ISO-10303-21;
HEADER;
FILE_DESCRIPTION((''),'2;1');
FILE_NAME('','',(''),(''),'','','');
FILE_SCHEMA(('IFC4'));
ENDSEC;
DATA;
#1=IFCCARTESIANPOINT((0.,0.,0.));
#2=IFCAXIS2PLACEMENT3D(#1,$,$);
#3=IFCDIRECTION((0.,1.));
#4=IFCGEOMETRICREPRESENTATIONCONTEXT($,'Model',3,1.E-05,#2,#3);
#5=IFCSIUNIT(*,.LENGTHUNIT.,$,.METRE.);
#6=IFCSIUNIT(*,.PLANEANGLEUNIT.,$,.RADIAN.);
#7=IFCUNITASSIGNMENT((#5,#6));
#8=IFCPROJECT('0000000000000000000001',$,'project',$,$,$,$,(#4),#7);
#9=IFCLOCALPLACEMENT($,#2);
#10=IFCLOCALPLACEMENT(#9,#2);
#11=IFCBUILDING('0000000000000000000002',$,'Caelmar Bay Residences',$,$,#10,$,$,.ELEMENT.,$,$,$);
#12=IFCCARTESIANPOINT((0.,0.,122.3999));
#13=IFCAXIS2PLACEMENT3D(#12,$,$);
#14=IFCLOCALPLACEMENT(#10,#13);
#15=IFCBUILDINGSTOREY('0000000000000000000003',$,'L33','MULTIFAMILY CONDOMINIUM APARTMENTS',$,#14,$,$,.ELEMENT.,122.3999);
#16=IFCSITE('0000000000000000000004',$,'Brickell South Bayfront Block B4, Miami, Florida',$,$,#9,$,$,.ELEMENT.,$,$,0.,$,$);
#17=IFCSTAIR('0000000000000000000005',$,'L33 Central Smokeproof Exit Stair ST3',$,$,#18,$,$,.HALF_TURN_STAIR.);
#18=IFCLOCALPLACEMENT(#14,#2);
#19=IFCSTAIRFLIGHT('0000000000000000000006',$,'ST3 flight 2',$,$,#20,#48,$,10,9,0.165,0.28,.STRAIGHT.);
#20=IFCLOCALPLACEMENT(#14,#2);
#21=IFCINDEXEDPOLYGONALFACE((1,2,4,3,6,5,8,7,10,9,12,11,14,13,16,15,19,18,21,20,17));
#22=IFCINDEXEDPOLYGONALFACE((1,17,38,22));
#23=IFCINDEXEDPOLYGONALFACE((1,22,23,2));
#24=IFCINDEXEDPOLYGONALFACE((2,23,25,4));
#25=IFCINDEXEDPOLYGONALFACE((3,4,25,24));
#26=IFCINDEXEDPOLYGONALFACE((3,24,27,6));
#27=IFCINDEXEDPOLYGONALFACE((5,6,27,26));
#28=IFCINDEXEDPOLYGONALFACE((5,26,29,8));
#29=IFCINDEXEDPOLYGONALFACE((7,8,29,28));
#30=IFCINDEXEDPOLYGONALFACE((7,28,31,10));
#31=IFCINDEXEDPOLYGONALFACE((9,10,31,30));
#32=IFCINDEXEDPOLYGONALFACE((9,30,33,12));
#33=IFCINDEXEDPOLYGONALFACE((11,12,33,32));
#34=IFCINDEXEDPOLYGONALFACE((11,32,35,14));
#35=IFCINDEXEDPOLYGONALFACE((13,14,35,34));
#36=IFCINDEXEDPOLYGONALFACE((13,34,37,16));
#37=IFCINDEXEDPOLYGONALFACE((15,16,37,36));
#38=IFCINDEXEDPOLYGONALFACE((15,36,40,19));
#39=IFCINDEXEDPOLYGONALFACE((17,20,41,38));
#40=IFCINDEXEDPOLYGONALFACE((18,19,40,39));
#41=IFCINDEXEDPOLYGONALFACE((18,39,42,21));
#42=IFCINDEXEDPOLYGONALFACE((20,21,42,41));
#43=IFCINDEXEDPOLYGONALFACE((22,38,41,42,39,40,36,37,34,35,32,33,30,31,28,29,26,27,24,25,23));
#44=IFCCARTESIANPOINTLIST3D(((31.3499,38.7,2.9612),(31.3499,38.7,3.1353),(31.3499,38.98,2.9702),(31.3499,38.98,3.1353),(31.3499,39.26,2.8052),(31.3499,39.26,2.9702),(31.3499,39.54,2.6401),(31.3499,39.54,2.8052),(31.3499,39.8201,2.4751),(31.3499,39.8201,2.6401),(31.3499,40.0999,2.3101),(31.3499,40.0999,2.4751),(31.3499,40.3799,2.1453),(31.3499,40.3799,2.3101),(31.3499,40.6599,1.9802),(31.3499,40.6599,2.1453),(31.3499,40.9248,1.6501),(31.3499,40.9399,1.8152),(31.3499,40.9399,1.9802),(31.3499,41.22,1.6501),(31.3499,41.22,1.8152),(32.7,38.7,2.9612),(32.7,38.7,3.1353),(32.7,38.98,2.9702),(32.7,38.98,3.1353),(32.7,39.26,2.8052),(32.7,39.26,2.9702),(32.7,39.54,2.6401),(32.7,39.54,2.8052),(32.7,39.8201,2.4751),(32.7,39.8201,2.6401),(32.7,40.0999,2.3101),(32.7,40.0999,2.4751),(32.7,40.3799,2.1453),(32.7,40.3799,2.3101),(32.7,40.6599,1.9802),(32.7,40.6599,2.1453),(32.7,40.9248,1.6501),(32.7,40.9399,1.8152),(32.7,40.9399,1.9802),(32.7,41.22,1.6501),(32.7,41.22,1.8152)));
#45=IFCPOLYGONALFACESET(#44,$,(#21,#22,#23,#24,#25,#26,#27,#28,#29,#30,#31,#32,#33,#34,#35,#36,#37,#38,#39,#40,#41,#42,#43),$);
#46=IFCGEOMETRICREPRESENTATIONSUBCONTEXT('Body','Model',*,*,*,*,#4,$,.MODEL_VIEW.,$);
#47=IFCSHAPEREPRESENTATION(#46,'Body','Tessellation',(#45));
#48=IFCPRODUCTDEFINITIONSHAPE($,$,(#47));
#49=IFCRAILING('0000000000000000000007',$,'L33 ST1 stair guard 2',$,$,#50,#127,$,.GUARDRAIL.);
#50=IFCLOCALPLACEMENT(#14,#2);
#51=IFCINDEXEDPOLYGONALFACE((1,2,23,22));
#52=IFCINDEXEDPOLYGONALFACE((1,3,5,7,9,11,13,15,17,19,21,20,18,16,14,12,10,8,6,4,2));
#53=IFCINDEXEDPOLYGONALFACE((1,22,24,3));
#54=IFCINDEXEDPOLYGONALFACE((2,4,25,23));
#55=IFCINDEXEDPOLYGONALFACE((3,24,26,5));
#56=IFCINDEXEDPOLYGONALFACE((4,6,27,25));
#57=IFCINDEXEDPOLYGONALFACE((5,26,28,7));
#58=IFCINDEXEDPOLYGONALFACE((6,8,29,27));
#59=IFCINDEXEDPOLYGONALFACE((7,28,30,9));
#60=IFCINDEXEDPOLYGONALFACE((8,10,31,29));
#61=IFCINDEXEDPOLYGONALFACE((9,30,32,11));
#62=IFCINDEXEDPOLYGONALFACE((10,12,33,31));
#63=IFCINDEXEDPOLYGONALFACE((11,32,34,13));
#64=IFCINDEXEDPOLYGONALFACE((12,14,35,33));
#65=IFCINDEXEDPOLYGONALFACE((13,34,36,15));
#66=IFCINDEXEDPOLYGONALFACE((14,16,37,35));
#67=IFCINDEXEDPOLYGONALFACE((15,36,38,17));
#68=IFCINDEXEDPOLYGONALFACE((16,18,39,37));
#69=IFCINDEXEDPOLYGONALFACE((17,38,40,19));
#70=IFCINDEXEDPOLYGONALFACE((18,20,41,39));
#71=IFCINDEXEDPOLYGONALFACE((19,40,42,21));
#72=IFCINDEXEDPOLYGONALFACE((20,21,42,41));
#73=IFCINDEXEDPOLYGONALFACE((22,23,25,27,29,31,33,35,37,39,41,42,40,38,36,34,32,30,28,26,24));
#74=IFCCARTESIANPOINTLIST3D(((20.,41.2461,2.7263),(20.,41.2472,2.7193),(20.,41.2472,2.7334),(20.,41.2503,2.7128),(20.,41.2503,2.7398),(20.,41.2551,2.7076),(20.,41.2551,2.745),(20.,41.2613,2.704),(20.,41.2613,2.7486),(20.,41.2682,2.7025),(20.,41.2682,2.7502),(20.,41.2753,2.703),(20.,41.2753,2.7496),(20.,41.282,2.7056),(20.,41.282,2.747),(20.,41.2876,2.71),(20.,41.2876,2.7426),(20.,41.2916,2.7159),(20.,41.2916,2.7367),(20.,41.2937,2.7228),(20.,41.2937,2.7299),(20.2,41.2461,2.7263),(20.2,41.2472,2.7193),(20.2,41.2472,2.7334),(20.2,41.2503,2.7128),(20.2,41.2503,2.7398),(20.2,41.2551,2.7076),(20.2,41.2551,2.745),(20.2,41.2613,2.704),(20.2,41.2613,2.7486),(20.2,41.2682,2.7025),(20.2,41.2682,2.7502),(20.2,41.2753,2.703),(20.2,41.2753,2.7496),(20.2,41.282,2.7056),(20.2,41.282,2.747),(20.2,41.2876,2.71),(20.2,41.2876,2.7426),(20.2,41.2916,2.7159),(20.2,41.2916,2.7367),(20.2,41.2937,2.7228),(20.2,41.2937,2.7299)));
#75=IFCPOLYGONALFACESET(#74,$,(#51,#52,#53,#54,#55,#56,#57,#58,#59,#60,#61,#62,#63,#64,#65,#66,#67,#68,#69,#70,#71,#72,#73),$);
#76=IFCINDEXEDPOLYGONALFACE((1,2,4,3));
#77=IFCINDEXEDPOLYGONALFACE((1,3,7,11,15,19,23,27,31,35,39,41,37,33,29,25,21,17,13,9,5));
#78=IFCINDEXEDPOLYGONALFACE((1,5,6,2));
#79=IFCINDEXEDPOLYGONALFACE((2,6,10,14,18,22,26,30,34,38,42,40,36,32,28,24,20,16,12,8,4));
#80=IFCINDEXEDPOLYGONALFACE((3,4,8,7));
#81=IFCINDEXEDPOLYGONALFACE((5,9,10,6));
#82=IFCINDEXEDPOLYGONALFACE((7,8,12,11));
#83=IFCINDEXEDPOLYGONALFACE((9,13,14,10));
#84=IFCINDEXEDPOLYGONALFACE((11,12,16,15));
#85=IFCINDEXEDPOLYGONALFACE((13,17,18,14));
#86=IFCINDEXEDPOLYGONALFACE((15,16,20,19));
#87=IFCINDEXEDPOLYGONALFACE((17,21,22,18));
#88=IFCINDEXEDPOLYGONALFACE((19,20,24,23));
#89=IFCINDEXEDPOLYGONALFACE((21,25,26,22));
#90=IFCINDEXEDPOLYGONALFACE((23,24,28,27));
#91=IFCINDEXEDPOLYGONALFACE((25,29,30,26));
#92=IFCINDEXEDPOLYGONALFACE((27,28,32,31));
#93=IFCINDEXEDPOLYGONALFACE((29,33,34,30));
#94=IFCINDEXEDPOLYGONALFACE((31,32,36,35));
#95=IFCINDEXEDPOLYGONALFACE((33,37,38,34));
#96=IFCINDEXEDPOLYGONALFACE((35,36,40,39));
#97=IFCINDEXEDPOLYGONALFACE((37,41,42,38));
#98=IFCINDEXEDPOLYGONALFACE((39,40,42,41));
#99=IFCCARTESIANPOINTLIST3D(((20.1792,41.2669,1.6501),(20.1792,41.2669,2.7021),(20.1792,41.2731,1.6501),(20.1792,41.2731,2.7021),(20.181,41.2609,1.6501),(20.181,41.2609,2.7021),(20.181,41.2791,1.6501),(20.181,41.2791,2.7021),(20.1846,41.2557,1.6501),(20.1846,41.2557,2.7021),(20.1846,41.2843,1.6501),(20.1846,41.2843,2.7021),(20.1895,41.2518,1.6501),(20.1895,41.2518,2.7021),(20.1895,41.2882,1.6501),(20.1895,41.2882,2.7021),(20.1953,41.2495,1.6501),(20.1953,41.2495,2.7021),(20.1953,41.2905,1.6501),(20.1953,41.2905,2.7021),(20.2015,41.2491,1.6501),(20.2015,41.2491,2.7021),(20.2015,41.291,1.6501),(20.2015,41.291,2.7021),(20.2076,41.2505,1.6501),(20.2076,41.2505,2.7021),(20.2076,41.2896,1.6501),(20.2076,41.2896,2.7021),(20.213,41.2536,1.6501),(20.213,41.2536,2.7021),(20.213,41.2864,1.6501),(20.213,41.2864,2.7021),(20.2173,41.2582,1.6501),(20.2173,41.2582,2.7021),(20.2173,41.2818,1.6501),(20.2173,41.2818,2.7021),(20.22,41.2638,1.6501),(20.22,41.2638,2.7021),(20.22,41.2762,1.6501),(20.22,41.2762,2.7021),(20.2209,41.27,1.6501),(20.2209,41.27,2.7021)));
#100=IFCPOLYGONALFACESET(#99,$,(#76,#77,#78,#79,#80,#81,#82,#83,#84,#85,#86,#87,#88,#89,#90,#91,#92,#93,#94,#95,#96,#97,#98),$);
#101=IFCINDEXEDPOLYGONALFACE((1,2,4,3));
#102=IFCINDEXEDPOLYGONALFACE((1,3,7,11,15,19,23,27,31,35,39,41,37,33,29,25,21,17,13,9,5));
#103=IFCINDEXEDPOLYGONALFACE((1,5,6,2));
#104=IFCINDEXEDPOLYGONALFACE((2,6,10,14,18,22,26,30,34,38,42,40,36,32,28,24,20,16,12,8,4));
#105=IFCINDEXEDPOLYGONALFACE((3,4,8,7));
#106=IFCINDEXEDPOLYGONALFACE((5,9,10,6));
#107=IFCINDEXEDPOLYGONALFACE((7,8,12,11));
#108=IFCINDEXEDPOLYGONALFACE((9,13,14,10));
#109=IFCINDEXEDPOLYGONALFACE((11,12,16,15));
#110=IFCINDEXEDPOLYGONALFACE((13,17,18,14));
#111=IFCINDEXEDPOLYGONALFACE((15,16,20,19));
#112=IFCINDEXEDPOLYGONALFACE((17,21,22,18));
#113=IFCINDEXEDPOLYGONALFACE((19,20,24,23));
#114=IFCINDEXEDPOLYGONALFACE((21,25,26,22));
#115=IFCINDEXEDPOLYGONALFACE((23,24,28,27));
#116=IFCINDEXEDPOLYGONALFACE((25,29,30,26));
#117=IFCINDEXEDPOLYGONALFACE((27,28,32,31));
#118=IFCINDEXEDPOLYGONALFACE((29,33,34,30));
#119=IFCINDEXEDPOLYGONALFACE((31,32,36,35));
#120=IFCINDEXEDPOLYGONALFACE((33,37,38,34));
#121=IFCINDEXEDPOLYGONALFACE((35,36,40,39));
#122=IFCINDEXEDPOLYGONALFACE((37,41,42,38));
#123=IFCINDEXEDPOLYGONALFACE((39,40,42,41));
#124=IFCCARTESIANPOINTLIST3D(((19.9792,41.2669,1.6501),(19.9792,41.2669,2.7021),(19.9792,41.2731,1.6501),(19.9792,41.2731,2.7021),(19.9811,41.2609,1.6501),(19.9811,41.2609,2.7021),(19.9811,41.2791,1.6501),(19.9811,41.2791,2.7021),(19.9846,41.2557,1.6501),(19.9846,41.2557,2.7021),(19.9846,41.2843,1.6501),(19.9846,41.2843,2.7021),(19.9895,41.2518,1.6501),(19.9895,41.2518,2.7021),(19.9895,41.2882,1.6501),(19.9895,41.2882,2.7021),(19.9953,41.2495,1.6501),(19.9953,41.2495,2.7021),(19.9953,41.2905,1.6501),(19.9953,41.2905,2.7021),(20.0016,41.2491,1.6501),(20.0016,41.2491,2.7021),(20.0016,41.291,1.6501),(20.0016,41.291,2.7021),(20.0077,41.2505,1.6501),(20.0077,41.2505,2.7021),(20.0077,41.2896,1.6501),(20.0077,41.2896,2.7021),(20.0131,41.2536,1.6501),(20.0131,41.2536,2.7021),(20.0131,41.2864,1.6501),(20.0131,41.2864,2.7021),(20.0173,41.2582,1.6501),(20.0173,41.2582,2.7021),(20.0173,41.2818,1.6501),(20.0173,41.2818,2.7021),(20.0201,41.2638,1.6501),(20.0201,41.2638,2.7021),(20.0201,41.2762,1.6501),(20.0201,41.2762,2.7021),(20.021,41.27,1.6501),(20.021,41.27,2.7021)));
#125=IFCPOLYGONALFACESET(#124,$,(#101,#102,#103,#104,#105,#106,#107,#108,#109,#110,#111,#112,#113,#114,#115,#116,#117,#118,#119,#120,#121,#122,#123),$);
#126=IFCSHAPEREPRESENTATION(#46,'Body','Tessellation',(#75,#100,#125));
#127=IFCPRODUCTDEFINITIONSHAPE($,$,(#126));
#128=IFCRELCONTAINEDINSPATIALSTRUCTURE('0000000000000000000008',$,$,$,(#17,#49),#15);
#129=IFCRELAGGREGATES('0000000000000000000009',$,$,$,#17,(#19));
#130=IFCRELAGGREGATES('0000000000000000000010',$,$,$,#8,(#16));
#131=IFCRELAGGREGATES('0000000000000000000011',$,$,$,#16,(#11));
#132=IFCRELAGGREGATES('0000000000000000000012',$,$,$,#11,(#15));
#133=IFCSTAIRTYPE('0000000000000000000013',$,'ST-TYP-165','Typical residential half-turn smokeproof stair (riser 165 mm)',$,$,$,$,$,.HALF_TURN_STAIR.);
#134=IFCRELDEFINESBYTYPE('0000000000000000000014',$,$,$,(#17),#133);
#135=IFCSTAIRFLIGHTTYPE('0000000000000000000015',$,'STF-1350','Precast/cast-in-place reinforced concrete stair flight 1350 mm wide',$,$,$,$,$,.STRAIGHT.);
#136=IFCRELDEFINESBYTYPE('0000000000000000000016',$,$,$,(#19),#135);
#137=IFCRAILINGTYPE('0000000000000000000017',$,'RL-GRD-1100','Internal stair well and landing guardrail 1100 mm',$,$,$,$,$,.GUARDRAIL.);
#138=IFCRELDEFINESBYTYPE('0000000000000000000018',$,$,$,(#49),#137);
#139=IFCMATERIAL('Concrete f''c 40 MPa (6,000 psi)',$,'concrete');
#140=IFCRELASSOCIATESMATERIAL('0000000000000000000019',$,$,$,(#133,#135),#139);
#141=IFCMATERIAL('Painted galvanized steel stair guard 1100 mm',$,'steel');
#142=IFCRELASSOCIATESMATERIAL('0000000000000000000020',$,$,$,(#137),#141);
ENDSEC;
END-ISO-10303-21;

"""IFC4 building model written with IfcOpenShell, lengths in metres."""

from ifc_helpers import new_model, si_unit, direction, frame, origin, origin_2d, place, context, subcontext, project, spatial, polyline, circle, outline, extrude, material, type_object, element, aggregate, save


model = new_model("IFC4")

# Units and contexts
model_context = context("Model", 3, precision=1e-05, world=origin(), true_north=direction((0.0, 1.0)))
body_context = subcontext(model_context, "Body", "Model", "MODEL_VIEW")
ifc_project = project(units=[si_unit("LENGTHUNIT", "METRE"), si_unit("PLANEANGLEUNIT", "RADIAN")], contexts=[model_context])

# Site, building, storey
site_placement = place(None, origin())
site = spatial("IfcSite", under=ifc_project, at=site_placement, Name="Brickell South Bayfront Block B4, Miami, Florida", CompositionType="ELEMENT", RefElevation=0.0)
building_placement = place(site_placement, origin())
building = spatial("IfcBuilding", under=site, at=building_placement, Name="Caelmar Bay Residences", CompositionType="ELEMENT")
storey_placement = place(building_placement, frame((0.0, 0.0, 122.3999)))
storey = spatial("IfcBuildingStorey", under=building, at=storey_placement, Name="L33", Description="MULTIFAMILY CONDOMINIUM APARTMENTS", CompositionType="ELEMENT", Elevation=122.3999)

# Stair, stair flight
ifc_material_1 = material(Name="Concrete f'c 40 MPa (6,000 psi)", Category="concrete")
stair_type = type_object("IfcStairType", Name="ST-TYP-165", Description="Typical residential half-turn smokeproof stair (riser 165 mm)", PredefinedType="HALF_TURN_STAIR", material=ifc_material_1)
stair_flight_type = type_object("IfcStairFlightType", Name="STF-1350", Description="Precast/cast-in-place reinforced concrete stair flight 1350 mm wide", PredefinedType="STRAIGHT", material=ifc_material_1)
stair_1_placement = place(storey_placement, origin())
stair_1 = element("IfcStair", 1, at=stair_1_placement, inside=storey, type_object=stair_type, Name="L33 Central Smokeproof Exit Stair ST3", PredefinedType="HALF_TURN_STAIR")
stair_flight_1_placement = place(storey_placement, frame((32.0249, 41.22, 1.6501), z_axis=(0.0, 0.0, 1.0), x_axis=(0.0, -1.0, 0.0)))
stair_flight_1 = element("IfcStairFlight", 2, at=stair_flight_1_placement, type_object=stair_flight_type, Name="ST3 flight 2", NumberOfRisers=10, NumberOfTreads=9, PredefinedType="STRAIGHT", RiserHeight=0.165, TreadLength=0.28, context=body_context, shape_type="SweptSolid", body=[
    extrude(outline(polyline([(0.0, 0.0), (0.0, 0.165), (0.28, 0.165), (0.28, 0.3301), (0.5601, 0.3301), (0.5601, 0.4951), (0.8401, 0.4951), (0.8401, 0.6599), (1.1201, 0.6599), (1.1201, 0.825), (1.3999, 0.825), (1.3999, 0.99), (1.6799, 0.99), (1.6799, 1.155), (1.96, 1.155), (1.96, 1.3201), (2.24, 1.3201), (2.24, 1.4851), (2.52, 1.4851), (2.52, 1.6499), (2.52, 1.311), (0.2952, 0.0), (0.0, 0.0)])), frame((0.0, 0.675, 0.0), z_axis=(0.0, -1.0, 0.0), x_axis=(1.0, 0.0, 0.0)), (0.0, 0.0, 1.0), 1.3501),
])
aggregate(stair_1, [stair_flight_1])

# Railing
ifc_material_2 = material(Name="Painted galvanized steel stair guard 1100 mm", Category="steel")
railing_type_1 = type_object("IfcRailingType", Name="RL-GRD-1100", Description="Internal stair well and landing guardrail 1100 mm", PredefinedType="GUARDRAIL", material=ifc_material_2)
railing_1_placement = place(storey_placement, frame((20.2, 41.27, 1.6501)))
element("IfcRailing", 3, at=railing_1_placement, inside=storey, type_object=railing_type_1, Name="L33 ST1 stair guard 2", PredefinedType="GUARDRAIL", context=body_context, shape_type="SweptSolid", body=[
    extrude(circle(Radius=0.0239, at=origin_2d()), frame((0.0, 0.0, 1.0762), z_axis=(-1.0, 0.0, 0.0), x_axis=(0.0, -1.0, 0.0)), (0.0, 0.0, 1.0), 0.2),
    extrude(circle(Radius=0.021, at=origin_2d()), origin(), (0.0, 0.0, 1.0), 1.052),
    extrude(circle(Radius=0.021, at=origin_2d()), frame((-0.2, 0.0, 0.0)), (0.0, 0.0, 1.0), 1.052),
])

save(model, "model.ifc")
